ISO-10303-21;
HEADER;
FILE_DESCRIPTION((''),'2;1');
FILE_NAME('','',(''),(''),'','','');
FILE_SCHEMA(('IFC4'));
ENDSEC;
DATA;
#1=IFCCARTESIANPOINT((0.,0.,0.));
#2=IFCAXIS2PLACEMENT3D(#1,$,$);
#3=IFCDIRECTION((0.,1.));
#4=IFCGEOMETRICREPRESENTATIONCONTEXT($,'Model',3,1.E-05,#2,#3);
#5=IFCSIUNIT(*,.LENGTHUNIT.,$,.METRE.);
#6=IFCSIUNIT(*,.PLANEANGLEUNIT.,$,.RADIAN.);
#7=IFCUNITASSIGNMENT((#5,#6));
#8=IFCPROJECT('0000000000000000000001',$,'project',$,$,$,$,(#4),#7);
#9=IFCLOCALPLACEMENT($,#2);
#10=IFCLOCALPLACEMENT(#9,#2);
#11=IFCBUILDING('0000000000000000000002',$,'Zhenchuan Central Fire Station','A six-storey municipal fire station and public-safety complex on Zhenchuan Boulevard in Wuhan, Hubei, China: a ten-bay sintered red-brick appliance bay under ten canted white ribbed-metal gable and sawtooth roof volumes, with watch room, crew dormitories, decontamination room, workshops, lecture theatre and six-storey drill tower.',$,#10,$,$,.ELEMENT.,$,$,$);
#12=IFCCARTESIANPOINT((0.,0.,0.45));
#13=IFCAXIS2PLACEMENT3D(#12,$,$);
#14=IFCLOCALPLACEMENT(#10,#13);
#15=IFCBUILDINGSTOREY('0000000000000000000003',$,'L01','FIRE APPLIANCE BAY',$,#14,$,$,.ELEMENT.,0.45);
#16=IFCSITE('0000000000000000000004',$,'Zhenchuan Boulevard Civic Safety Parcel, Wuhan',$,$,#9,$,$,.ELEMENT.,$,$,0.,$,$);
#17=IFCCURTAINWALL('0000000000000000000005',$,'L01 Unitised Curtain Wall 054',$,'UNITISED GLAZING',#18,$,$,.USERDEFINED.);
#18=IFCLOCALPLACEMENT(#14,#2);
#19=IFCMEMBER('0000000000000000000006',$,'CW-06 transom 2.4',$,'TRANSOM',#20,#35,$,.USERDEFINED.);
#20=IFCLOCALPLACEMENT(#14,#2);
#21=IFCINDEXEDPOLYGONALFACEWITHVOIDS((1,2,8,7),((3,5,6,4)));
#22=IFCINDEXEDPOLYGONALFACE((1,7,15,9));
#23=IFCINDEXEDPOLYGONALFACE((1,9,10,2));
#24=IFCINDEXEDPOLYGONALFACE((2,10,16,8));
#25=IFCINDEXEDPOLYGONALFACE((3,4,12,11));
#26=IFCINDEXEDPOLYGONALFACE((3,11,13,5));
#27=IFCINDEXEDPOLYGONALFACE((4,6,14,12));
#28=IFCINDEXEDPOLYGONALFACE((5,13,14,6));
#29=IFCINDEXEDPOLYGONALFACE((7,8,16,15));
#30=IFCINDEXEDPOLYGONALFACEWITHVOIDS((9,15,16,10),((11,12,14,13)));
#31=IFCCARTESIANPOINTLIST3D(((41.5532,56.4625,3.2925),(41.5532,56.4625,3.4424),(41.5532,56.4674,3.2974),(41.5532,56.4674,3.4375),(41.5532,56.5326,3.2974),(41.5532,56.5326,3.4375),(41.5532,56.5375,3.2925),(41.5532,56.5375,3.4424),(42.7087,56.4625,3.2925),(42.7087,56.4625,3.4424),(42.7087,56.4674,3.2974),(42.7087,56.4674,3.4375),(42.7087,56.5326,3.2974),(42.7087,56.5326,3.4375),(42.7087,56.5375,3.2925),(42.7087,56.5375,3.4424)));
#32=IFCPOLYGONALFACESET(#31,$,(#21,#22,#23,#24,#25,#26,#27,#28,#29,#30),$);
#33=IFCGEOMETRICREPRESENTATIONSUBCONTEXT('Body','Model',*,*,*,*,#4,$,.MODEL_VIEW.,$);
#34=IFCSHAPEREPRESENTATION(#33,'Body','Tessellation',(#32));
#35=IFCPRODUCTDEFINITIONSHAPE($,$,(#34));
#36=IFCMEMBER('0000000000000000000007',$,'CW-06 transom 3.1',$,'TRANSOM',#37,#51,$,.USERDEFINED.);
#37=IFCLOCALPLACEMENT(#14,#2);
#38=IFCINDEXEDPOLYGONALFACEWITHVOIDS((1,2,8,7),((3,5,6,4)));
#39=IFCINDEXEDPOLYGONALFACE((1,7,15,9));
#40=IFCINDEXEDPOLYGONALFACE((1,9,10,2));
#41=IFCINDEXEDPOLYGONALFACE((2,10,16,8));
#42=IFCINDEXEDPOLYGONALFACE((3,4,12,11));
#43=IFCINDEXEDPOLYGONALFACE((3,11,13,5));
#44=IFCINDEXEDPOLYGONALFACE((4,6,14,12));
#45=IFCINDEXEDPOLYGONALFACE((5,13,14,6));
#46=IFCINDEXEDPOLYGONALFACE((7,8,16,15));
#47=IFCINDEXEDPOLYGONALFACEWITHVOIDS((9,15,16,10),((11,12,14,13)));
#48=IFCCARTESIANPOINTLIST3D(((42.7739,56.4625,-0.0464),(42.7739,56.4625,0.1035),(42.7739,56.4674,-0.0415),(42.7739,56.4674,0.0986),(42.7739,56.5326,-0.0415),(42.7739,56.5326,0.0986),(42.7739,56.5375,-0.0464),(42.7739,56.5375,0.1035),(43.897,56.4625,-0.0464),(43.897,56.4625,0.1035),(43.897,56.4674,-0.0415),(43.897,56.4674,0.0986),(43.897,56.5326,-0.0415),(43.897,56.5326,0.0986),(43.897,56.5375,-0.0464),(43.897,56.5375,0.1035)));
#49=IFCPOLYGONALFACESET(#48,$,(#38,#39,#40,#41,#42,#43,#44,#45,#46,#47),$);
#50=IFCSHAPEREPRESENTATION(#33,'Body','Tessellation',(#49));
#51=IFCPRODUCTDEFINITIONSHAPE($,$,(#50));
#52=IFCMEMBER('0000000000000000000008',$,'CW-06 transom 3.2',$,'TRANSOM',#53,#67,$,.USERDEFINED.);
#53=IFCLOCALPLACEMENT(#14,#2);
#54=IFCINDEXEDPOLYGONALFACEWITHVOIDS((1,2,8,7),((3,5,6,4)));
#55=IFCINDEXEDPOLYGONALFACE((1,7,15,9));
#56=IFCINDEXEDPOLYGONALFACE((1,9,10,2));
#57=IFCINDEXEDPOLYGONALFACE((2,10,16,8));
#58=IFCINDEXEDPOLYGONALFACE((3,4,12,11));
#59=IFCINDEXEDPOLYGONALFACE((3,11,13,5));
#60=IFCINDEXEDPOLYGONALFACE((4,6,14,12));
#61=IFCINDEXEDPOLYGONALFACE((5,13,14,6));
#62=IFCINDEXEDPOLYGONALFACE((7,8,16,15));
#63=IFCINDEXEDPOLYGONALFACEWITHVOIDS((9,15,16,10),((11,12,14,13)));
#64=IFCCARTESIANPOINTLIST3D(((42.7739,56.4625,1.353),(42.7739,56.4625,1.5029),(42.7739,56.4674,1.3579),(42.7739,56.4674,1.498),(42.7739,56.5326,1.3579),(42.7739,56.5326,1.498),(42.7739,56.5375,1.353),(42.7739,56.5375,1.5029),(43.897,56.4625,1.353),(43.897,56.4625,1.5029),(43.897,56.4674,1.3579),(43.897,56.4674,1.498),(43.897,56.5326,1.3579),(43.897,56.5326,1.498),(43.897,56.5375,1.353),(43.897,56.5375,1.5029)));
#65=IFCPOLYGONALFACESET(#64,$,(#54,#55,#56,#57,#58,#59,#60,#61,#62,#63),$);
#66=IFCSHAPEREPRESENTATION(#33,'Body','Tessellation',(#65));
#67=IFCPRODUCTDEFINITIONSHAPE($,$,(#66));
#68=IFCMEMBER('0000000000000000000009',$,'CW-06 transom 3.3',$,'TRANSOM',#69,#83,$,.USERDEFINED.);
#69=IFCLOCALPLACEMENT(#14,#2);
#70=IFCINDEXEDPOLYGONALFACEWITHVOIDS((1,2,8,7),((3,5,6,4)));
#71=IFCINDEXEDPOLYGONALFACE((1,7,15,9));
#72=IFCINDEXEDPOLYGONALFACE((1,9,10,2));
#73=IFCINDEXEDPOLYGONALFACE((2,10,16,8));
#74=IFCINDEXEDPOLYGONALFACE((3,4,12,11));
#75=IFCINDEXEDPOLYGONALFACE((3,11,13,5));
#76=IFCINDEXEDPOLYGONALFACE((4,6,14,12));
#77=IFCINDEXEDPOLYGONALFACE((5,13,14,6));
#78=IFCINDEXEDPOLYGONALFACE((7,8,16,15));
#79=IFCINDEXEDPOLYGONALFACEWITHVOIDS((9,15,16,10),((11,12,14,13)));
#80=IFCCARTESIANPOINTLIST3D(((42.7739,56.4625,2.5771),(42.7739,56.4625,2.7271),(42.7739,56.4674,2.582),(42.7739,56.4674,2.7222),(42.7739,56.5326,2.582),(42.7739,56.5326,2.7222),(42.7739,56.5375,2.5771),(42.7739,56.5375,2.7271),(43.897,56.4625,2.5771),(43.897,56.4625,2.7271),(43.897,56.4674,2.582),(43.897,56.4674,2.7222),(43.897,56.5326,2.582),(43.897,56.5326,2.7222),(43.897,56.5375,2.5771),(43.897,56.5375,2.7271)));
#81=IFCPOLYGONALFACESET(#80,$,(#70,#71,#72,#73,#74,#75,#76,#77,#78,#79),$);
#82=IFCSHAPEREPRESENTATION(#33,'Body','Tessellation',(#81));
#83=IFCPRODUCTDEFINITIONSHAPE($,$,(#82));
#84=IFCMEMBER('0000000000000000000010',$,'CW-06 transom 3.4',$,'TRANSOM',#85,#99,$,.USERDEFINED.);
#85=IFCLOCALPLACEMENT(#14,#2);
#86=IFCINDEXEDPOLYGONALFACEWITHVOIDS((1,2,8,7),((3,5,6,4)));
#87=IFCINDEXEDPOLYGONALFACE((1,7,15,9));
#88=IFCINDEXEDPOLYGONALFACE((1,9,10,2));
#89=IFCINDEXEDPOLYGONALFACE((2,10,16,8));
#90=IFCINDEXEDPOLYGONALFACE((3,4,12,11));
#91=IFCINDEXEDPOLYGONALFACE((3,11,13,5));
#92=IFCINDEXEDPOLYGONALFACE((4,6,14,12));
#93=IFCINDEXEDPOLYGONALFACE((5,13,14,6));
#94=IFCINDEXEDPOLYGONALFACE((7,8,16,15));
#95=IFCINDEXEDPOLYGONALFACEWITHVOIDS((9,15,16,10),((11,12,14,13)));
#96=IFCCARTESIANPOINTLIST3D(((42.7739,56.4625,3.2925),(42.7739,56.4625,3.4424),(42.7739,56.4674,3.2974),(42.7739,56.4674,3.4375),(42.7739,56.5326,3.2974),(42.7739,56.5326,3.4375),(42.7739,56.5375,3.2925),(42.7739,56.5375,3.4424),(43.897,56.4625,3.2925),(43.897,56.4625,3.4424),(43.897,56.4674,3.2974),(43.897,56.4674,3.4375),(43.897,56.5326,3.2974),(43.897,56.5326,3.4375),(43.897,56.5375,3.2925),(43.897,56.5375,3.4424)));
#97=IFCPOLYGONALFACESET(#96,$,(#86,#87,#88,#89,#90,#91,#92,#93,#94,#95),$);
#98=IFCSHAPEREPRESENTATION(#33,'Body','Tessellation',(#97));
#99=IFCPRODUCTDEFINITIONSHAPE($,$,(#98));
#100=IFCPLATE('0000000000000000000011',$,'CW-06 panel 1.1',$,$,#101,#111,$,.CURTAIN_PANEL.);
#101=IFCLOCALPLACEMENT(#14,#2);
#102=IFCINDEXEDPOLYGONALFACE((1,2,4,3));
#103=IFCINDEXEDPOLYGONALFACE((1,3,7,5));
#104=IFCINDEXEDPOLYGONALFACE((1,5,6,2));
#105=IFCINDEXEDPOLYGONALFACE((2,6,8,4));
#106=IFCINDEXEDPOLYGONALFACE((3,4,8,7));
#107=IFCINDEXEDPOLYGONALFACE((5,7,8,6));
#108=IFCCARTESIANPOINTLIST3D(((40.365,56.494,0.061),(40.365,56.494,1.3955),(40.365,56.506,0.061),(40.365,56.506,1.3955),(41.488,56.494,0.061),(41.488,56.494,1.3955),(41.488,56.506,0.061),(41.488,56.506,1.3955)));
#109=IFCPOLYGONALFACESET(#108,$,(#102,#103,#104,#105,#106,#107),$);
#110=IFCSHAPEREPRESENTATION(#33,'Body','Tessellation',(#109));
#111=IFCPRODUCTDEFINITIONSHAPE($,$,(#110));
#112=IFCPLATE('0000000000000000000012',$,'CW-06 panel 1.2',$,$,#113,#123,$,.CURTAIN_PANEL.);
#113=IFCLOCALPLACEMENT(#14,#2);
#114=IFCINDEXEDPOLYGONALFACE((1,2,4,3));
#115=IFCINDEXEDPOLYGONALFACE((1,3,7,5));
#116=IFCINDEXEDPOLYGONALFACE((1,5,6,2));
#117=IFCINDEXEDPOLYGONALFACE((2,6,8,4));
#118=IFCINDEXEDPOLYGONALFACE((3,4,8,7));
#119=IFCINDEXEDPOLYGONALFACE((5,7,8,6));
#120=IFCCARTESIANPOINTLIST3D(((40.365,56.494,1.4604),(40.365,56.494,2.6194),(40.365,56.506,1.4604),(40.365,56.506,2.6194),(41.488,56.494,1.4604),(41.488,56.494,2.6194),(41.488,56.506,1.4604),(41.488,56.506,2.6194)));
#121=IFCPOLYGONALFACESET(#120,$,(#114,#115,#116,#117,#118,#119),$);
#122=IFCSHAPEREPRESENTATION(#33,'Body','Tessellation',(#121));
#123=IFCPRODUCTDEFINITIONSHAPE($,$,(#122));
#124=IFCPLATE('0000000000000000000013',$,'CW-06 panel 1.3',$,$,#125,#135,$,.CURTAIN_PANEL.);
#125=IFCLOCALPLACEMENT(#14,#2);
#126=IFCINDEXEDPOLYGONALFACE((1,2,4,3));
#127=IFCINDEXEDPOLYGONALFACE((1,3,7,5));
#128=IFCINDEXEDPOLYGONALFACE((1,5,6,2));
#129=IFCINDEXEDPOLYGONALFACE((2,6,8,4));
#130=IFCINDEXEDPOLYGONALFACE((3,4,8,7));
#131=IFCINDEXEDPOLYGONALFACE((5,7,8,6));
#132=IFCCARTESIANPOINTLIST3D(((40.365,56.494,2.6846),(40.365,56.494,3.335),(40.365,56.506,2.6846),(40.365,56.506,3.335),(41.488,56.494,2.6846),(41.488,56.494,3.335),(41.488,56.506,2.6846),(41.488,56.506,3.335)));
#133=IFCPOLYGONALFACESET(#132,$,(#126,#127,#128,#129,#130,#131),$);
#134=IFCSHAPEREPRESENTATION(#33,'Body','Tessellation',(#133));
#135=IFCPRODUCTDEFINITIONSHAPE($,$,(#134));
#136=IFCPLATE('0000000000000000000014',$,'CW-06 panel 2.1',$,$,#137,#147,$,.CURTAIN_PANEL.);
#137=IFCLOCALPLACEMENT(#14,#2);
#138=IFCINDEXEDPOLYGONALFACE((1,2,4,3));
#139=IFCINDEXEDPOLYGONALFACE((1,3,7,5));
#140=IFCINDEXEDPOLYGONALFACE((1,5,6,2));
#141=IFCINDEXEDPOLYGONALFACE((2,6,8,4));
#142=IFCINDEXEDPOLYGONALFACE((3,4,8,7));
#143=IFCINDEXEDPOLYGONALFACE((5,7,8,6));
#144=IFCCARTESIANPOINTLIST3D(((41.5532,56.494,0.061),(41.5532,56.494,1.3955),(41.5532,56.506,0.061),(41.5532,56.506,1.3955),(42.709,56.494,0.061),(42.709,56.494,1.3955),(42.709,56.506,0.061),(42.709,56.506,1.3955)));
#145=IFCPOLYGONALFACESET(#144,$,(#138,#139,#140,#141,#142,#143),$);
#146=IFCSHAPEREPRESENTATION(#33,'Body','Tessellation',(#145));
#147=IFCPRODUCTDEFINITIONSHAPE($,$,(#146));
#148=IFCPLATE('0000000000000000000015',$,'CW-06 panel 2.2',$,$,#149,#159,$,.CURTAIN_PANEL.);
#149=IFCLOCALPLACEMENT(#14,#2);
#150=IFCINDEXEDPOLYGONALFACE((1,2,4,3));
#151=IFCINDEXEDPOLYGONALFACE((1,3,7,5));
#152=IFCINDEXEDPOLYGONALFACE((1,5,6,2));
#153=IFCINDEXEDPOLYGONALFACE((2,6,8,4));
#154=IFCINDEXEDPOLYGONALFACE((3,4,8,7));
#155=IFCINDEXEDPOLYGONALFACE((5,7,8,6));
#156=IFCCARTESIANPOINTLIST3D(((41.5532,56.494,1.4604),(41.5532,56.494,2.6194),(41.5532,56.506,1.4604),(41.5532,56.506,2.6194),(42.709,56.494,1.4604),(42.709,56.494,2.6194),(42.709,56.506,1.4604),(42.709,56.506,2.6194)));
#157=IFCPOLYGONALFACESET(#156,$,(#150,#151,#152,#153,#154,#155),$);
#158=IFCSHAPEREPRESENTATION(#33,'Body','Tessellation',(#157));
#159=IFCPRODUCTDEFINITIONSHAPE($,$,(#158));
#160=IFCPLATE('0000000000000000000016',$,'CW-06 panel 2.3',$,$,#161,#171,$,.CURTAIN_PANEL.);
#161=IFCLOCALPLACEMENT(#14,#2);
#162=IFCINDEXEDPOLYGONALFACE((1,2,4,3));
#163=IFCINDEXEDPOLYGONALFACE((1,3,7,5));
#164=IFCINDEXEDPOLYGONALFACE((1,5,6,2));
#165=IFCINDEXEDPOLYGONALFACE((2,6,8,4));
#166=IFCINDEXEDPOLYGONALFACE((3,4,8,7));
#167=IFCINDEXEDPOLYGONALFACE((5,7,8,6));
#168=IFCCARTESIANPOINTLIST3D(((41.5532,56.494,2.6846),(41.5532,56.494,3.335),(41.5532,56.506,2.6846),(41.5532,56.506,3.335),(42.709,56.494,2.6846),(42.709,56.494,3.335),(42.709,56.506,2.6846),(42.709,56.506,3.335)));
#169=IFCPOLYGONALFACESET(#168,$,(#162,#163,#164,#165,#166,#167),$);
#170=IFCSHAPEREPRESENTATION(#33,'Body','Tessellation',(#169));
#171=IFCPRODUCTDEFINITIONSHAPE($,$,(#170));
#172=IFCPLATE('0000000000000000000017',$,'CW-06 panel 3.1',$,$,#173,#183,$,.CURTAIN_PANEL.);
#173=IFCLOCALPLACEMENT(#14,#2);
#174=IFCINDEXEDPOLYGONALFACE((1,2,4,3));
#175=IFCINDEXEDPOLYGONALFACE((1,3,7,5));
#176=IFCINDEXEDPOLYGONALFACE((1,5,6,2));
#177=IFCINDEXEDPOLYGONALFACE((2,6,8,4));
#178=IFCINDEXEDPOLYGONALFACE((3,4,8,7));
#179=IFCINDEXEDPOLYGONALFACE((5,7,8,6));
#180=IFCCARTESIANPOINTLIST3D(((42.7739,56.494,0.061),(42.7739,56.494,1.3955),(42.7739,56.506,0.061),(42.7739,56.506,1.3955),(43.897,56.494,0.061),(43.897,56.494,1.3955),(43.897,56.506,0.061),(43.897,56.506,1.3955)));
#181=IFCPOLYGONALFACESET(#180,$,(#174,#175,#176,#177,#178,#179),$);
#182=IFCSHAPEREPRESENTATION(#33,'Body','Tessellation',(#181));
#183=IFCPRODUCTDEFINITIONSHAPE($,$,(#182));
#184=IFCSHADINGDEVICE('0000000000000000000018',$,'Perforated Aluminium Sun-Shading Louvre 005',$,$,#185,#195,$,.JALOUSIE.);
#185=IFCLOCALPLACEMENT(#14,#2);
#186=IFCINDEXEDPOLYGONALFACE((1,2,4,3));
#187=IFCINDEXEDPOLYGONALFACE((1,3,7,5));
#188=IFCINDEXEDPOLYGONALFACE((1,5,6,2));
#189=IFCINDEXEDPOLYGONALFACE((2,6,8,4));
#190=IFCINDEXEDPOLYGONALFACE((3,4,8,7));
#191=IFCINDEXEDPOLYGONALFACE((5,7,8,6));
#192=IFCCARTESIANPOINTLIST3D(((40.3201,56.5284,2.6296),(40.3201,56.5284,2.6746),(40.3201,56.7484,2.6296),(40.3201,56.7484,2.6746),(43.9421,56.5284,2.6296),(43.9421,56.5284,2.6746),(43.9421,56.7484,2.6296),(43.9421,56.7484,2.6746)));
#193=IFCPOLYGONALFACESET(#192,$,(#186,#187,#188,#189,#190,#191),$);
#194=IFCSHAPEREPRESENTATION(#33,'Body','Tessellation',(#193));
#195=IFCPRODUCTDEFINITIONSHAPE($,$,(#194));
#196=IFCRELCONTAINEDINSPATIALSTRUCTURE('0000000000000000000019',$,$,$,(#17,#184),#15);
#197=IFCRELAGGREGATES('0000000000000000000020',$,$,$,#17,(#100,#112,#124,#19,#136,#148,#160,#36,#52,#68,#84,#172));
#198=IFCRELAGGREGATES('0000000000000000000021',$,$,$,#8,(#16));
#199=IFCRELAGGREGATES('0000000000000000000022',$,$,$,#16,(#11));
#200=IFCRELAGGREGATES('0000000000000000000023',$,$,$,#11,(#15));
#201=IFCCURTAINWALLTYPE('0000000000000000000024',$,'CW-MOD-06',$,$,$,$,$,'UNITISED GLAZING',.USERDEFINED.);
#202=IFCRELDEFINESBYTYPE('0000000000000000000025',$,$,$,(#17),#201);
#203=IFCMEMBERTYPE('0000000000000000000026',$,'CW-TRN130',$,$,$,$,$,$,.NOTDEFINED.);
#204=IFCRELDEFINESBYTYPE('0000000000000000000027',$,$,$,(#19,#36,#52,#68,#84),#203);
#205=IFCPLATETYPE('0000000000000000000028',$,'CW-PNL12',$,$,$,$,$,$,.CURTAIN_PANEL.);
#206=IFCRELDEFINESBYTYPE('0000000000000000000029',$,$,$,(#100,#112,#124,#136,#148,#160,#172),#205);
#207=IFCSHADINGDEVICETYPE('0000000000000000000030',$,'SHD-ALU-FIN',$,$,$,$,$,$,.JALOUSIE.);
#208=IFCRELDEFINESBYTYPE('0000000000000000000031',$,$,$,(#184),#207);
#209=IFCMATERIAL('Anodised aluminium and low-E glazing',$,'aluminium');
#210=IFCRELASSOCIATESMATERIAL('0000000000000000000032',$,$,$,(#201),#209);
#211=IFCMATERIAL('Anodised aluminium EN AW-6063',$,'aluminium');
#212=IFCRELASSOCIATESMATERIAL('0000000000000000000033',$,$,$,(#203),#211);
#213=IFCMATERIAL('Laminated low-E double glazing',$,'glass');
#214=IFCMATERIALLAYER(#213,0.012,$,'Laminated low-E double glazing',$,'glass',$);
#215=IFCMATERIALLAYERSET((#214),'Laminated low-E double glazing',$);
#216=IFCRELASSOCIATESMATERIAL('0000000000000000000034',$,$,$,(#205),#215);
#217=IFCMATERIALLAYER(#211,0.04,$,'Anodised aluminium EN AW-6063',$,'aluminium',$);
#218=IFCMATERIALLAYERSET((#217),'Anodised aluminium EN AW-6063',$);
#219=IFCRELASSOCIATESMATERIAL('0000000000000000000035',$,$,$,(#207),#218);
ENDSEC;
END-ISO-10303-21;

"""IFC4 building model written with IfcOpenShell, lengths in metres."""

from ifc_helpers import new_model, si_unit, direction, frame, origin, origin_2d, place, context, subcontext, project, spatial, rectangle, hollow_rectangle, extrude, material, layer, layer_set, material_profile, profile_set, type_object, element, aggregate, save


model = new_model("IFC4")

# Units and contexts
model_context = context("Model", 3, precision=1e-05, world=origin(), true_north=direction((0.0, 1.0)))
body_context = subcontext(model_context, "Body", "Model", "MODEL_VIEW")
ifc_project = project(units=[si_unit("LENGTHUNIT", "METRE"), si_unit("PLANEANGLEUNIT", "RADIAN")], contexts=[model_context])

# Site, building, storey
site_placement = place(None, origin())
site = spatial("IfcSite", under=ifc_project, at=site_placement, Name="Zhenchuan Boulevard Civic Safety Parcel, Wuhan", CompositionType="ELEMENT", RefElevation=0.0)
building_placement = place(site_placement, origin())
building = spatial("IfcBuilding", under=site, at=building_placement, Name="Zhenchuan Central Fire Station", Description="A six-storey municipal fire station and public-safety complex on Zhenchuan Boulevard in Wuhan, Hubei, China: a ten-bay sintered red-brick appliance bay under ten canted white ribbed-metal gable and sawtooth roof volumes, with watch room, crew dormitories, decontamination room, workshops, lecture theatre and six-storey drill tower.", CompositionType="ELEMENT")
storey_placement = place(building_placement, frame((0.0, 0.0, 0.45)))
storey = spatial("IfcBuildingStorey", under=building, at=storey_placement, Name="L01", Description="FIRE APPLIANCE BAY", CompositionType="ELEMENT", Elevation=0.45)

# Curtain wall, members, plates
ifc_material_1 = material(Name="Anodised aluminium and low-E glazing", Category="aluminium")
curtain_wall_type = type_object("IfcCurtainWallType", Name="CW-MOD-06", ElementType="UNITISED GLAZING", PredefinedType="USERDEFINED", material=ifc_material_1)
curtain_wall_placement = place(storey_placement, origin())
curtain_wall = element("IfcCurtainWall", 1, at=curtain_wall_placement, inside=storey, type_object=curtain_wall_type, Name="L01 Unitised Curtain Wall 054", ObjectType="UNITISED GLAZING", PredefinedType="USERDEFINED")
ifc_material_2 = material(Name="Anodised aluminium EN AW-6063", Category="aluminium")
ifc_material_profile_1 = material_profile(ifc_material_2, hollow_rectangle(XDim=0.075, YDim=0.1499, WallThickness=0.0049, at=origin_2d()), Name="ALU-T 150x75")
ifc_profile_set_1 = profile_set([ifc_material_profile_1], Name="Anodised aluminium EN AW-6063")
member_type_1 = type_object("IfcMemberType", Name="CW-TRN130", PredefinedType="NOTDEFINED", material=ifc_profile_set_1)
member_1_placement = place(storey_placement, frame((41.5532, 56.5, 3.3674), z_axis=(1.0, 0.0, 0.0), x_axis=(0.0, 1.0, 0.0)))
member_1 = element("IfcMember", 2, at=member_1_placement, type_object=member_type_1, Name="CW-06 transom 2.4", ObjectType="TRANSOM", PredefinedType="USERDEFINED", context=body_context, shape_type="SweptSolid", body=[
    extrude(hollow_rectangle(XDim=0.075, YDim=0.1499, WallThickness=0.0049, at=origin_2d()), origin(), (0.0, 0.0, 1.0), 1.1555),
])
member_2_placement = place(storey_placement, frame((42.7739, 56.5, 0.0286), z_axis=(1.0, 0.0, 0.0), x_axis=(0.0, 1.0, 0.0)))
member_2 = element("IfcMember", 3, at=member_2_placement, type_object=member_type_1, Name="CW-06 transom 3.1", ObjectType="TRANSOM", PredefinedType="USERDEFINED", context=body_context, shape_type="SweptSolid", body=[
    extrude(hollow_rectangle(XDim=0.075, YDim=0.1499, WallThickness=0.0049, at=origin_2d()), origin(), (0.0, 0.0, 1.0), 1.123),
])
member_3_placement = place(storey_placement, frame((42.7739, 56.5, 1.428), z_axis=(1.0, 0.0, 0.0), x_axis=(0.0, 1.0, 0.0)))
member_3 = element("IfcMember", 4, at=member_3_placement, type_object=member_type_1, Name="CW-06 transom 3.2", ObjectType="TRANSOM", PredefinedType="USERDEFINED", context=body_context, shape_type="SweptSolid", body=[
    extrude(hollow_rectangle(XDim=0.075, YDim=0.1499, WallThickness=0.0049, at=origin_2d()), origin(), (0.0, 0.0, 1.0), 1.123),
])
member_4_placement = place(storey_placement, frame((42.7739, 56.5, 2.6521), z_axis=(1.0, 0.0, 0.0), x_axis=(0.0, 1.0, 0.0)))
member_4 = element("IfcMember", 5, at=member_4_placement, type_object=member_type_1, Name="CW-06 transom 3.3", ObjectType="TRANSOM", PredefinedType="USERDEFINED", context=body_context, shape_type="SweptSolid", body=[
    extrude(hollow_rectangle(XDim=0.075, YDim=0.1499, WallThickness=0.0049, at=origin_2d()), origin(), (0.0, 0.0, 1.0), 1.123),
])
member_5_placement = place(storey_placement, frame((42.7739, 56.5, 3.3674), z_axis=(1.0, 0.0, 0.0), x_axis=(0.0, 1.0, 0.0)))
member_5 = element("IfcMember", 6, at=member_5_placement, type_object=member_type_1, Name="CW-06 transom 3.4", ObjectType="TRANSOM", PredefinedType="USERDEFINED", context=body_context, shape_type="SweptSolid", body=[
    extrude(hollow_rectangle(XDim=0.075, YDim=0.1499, WallThickness=0.0049, at=origin_2d()), origin(), (0.0, 0.0, 1.0), 1.123),
])
ifc_material_3 = material(Name="Laminated low-E double glazing", Category="glass")
ifc_layer_1 = layer(ifc_material_3, 0.012, Name="Laminated low-E double glazing", Category="glass")
ifc_layer_set_1 = layer_set([ifc_layer_1], Name="Laminated low-E double glazing")
plate_type = type_object("IfcPlateType", Name="CW-PNL12", PredefinedType="CURTAIN_PANEL", material=ifc_layer_set_1)
plate_1_placement = place(storey_placement, frame((40.9265, 56.5, 0.061), z_axis=(0.0, 0.0, 1.0), x_axis=(1.0, 0.0, 0.0)))
plate_1 = element("IfcPlate", 7, at=plate_1_placement, type_object=plate_type, Name="CW-06 panel 1.1", PredefinedType="CURTAIN_PANEL", context=body_context, shape_type="SweptSolid", body=[
    extrude(rectangle(XDim=1.123, YDim=0.012, at=origin_2d()), origin(), (0.0, 0.0, 1.0), 1.3345),
])
plate_2_placement = place(storey_placement, frame((40.9265, 56.5, 1.4604), z_axis=(0.0, 0.0, 1.0), x_axis=(1.0, 0.0, 0.0)))
plate_2 = element("IfcPlate", 8, at=plate_2_placement, type_object=plate_type, Name="CW-06 panel 1.2", PredefinedType="CURTAIN_PANEL", context=body_context, shape_type="SweptSolid", body=[
    extrude(rectangle(XDim=1.123, YDim=0.012, at=origin_2d()), origin(), (0.0, 0.0, 1.0), 1.1589),
])
plate_3_placement = place(storey_placement, frame((40.9265, 56.5, 2.6846), z_axis=(0.0, 0.0, 1.0), x_axis=(1.0, 0.0, 0.0)))
plate_3 = element("IfcPlate", 9, at=plate_3_placement, type_object=plate_type, Name="CW-06 panel 1.3", PredefinedType="CURTAIN_PANEL", context=body_context, shape_type="SweptSolid", body=[
    extrude(rectangle(XDim=1.123, YDim=0.012, at=origin_2d()), origin(), (0.0, 0.0, 1.0), 0.6504),
])
plate_4_placement = place(storey_placement, frame((42.1311, 56.5, 0.061), z_axis=(0.0, 0.0, 1.0), x_axis=(1.0, 0.0, 0.0)))
plate_4 = element("IfcPlate", 10, at=plate_4_placement, type_object=plate_type, Name="CW-06 panel 2.1", PredefinedType="CURTAIN_PANEL", context=body_context, shape_type="SweptSolid", body=[
    extrude(rectangle(XDim=1.1558, YDim=0.012, at=origin_2d()), origin(), (0.0, 0.0, 1.0), 1.3345),
])
plate_5_placement = place(storey_placement, frame((42.1311, 56.5, 1.4604), z_axis=(0.0, 0.0, 1.0), x_axis=(1.0, 0.0, 0.0)))
plate_5 = element("IfcPlate", 11, at=plate_5_placement, type_object=plate_type, Name="CW-06 panel 2.2", PredefinedType="CURTAIN_PANEL", context=body_context, shape_type="SweptSolid", body=[
    extrude(rectangle(XDim=1.1558, YDim=0.012, at=origin_2d()), origin(), (0.0, 0.0, 1.0), 1.1589),
])
plate_6_placement = place(storey_placement, frame((42.1311, 56.5, 2.6846), z_axis=(0.0, 0.0, 1.0), x_axis=(1.0, 0.0, 0.0)))
plate_6 = element("IfcPlate", 12, at=plate_6_placement, type_object=plate_type, Name="CW-06 panel 2.3", PredefinedType="CURTAIN_PANEL", context=body_context, shape_type="SweptSolid", body=[
    extrude(rectangle(XDim=1.1558, YDim=0.012, at=origin_2d()), origin(), (0.0, 0.0, 1.0), 0.6504),
])
plate_7_placement = place(storey_placement, frame((43.3354, 56.5, 0.061), z_axis=(0.0, 0.0, 1.0), x_axis=(1.0, 0.0, 0.0)))
plate_7 = element("IfcPlate", 13, at=plate_7_placement, type_object=plate_type, Name="CW-06 panel 3.1", PredefinedType="CURTAIN_PANEL", context=body_context, shape_type="SweptSolid", body=[
    extrude(rectangle(XDim=1.123, YDim=0.012, at=origin_2d()), origin(), (0.0, 0.0, 1.0), 1.3345),
])
aggregate(curtain_wall, [plate_1, plate_2, plate_3, member_1, plate_4, plate_5, plate_6, member_2, member_3, member_4, member_5, plate_7])

# Shading device
ifc_layer_2 = layer(ifc_material_2, 0.04, Name="Anodised aluminium EN AW-6063", Category="aluminium")
ifc_layer_set_2 = layer_set([ifc_layer_2], Name="Anodised aluminium EN AW-6063")
shading_device_type = type_object("IfcShadingDeviceType", Name="SHD-ALU-FIN", PredefinedType="JALOUSIE", material=ifc_layer_set_2)
shading_device_placement = place(storey_placement, frame((42.1311, 56.6384, 2.6296), z_axis=(0.0, 0.0, 1.0), x_axis=(1.0, 0.0, 0.0)))
element("IfcShadingDevice", 14, at=shading_device_placement, inside=storey, type_object=shading_device_type, Name="Perforated Aluminium Sun-Shading Louvre 005", PredefinedType="JALOUSIE", context=body_context, shape_type="SweptSolid", body=[
    extrude(rectangle(XDim=3.6221, YDim=0.22, at=origin_2d()), origin(), (0.0, 0.0, 1.0), 0.0449),
])

save(model, "model.ifc")
